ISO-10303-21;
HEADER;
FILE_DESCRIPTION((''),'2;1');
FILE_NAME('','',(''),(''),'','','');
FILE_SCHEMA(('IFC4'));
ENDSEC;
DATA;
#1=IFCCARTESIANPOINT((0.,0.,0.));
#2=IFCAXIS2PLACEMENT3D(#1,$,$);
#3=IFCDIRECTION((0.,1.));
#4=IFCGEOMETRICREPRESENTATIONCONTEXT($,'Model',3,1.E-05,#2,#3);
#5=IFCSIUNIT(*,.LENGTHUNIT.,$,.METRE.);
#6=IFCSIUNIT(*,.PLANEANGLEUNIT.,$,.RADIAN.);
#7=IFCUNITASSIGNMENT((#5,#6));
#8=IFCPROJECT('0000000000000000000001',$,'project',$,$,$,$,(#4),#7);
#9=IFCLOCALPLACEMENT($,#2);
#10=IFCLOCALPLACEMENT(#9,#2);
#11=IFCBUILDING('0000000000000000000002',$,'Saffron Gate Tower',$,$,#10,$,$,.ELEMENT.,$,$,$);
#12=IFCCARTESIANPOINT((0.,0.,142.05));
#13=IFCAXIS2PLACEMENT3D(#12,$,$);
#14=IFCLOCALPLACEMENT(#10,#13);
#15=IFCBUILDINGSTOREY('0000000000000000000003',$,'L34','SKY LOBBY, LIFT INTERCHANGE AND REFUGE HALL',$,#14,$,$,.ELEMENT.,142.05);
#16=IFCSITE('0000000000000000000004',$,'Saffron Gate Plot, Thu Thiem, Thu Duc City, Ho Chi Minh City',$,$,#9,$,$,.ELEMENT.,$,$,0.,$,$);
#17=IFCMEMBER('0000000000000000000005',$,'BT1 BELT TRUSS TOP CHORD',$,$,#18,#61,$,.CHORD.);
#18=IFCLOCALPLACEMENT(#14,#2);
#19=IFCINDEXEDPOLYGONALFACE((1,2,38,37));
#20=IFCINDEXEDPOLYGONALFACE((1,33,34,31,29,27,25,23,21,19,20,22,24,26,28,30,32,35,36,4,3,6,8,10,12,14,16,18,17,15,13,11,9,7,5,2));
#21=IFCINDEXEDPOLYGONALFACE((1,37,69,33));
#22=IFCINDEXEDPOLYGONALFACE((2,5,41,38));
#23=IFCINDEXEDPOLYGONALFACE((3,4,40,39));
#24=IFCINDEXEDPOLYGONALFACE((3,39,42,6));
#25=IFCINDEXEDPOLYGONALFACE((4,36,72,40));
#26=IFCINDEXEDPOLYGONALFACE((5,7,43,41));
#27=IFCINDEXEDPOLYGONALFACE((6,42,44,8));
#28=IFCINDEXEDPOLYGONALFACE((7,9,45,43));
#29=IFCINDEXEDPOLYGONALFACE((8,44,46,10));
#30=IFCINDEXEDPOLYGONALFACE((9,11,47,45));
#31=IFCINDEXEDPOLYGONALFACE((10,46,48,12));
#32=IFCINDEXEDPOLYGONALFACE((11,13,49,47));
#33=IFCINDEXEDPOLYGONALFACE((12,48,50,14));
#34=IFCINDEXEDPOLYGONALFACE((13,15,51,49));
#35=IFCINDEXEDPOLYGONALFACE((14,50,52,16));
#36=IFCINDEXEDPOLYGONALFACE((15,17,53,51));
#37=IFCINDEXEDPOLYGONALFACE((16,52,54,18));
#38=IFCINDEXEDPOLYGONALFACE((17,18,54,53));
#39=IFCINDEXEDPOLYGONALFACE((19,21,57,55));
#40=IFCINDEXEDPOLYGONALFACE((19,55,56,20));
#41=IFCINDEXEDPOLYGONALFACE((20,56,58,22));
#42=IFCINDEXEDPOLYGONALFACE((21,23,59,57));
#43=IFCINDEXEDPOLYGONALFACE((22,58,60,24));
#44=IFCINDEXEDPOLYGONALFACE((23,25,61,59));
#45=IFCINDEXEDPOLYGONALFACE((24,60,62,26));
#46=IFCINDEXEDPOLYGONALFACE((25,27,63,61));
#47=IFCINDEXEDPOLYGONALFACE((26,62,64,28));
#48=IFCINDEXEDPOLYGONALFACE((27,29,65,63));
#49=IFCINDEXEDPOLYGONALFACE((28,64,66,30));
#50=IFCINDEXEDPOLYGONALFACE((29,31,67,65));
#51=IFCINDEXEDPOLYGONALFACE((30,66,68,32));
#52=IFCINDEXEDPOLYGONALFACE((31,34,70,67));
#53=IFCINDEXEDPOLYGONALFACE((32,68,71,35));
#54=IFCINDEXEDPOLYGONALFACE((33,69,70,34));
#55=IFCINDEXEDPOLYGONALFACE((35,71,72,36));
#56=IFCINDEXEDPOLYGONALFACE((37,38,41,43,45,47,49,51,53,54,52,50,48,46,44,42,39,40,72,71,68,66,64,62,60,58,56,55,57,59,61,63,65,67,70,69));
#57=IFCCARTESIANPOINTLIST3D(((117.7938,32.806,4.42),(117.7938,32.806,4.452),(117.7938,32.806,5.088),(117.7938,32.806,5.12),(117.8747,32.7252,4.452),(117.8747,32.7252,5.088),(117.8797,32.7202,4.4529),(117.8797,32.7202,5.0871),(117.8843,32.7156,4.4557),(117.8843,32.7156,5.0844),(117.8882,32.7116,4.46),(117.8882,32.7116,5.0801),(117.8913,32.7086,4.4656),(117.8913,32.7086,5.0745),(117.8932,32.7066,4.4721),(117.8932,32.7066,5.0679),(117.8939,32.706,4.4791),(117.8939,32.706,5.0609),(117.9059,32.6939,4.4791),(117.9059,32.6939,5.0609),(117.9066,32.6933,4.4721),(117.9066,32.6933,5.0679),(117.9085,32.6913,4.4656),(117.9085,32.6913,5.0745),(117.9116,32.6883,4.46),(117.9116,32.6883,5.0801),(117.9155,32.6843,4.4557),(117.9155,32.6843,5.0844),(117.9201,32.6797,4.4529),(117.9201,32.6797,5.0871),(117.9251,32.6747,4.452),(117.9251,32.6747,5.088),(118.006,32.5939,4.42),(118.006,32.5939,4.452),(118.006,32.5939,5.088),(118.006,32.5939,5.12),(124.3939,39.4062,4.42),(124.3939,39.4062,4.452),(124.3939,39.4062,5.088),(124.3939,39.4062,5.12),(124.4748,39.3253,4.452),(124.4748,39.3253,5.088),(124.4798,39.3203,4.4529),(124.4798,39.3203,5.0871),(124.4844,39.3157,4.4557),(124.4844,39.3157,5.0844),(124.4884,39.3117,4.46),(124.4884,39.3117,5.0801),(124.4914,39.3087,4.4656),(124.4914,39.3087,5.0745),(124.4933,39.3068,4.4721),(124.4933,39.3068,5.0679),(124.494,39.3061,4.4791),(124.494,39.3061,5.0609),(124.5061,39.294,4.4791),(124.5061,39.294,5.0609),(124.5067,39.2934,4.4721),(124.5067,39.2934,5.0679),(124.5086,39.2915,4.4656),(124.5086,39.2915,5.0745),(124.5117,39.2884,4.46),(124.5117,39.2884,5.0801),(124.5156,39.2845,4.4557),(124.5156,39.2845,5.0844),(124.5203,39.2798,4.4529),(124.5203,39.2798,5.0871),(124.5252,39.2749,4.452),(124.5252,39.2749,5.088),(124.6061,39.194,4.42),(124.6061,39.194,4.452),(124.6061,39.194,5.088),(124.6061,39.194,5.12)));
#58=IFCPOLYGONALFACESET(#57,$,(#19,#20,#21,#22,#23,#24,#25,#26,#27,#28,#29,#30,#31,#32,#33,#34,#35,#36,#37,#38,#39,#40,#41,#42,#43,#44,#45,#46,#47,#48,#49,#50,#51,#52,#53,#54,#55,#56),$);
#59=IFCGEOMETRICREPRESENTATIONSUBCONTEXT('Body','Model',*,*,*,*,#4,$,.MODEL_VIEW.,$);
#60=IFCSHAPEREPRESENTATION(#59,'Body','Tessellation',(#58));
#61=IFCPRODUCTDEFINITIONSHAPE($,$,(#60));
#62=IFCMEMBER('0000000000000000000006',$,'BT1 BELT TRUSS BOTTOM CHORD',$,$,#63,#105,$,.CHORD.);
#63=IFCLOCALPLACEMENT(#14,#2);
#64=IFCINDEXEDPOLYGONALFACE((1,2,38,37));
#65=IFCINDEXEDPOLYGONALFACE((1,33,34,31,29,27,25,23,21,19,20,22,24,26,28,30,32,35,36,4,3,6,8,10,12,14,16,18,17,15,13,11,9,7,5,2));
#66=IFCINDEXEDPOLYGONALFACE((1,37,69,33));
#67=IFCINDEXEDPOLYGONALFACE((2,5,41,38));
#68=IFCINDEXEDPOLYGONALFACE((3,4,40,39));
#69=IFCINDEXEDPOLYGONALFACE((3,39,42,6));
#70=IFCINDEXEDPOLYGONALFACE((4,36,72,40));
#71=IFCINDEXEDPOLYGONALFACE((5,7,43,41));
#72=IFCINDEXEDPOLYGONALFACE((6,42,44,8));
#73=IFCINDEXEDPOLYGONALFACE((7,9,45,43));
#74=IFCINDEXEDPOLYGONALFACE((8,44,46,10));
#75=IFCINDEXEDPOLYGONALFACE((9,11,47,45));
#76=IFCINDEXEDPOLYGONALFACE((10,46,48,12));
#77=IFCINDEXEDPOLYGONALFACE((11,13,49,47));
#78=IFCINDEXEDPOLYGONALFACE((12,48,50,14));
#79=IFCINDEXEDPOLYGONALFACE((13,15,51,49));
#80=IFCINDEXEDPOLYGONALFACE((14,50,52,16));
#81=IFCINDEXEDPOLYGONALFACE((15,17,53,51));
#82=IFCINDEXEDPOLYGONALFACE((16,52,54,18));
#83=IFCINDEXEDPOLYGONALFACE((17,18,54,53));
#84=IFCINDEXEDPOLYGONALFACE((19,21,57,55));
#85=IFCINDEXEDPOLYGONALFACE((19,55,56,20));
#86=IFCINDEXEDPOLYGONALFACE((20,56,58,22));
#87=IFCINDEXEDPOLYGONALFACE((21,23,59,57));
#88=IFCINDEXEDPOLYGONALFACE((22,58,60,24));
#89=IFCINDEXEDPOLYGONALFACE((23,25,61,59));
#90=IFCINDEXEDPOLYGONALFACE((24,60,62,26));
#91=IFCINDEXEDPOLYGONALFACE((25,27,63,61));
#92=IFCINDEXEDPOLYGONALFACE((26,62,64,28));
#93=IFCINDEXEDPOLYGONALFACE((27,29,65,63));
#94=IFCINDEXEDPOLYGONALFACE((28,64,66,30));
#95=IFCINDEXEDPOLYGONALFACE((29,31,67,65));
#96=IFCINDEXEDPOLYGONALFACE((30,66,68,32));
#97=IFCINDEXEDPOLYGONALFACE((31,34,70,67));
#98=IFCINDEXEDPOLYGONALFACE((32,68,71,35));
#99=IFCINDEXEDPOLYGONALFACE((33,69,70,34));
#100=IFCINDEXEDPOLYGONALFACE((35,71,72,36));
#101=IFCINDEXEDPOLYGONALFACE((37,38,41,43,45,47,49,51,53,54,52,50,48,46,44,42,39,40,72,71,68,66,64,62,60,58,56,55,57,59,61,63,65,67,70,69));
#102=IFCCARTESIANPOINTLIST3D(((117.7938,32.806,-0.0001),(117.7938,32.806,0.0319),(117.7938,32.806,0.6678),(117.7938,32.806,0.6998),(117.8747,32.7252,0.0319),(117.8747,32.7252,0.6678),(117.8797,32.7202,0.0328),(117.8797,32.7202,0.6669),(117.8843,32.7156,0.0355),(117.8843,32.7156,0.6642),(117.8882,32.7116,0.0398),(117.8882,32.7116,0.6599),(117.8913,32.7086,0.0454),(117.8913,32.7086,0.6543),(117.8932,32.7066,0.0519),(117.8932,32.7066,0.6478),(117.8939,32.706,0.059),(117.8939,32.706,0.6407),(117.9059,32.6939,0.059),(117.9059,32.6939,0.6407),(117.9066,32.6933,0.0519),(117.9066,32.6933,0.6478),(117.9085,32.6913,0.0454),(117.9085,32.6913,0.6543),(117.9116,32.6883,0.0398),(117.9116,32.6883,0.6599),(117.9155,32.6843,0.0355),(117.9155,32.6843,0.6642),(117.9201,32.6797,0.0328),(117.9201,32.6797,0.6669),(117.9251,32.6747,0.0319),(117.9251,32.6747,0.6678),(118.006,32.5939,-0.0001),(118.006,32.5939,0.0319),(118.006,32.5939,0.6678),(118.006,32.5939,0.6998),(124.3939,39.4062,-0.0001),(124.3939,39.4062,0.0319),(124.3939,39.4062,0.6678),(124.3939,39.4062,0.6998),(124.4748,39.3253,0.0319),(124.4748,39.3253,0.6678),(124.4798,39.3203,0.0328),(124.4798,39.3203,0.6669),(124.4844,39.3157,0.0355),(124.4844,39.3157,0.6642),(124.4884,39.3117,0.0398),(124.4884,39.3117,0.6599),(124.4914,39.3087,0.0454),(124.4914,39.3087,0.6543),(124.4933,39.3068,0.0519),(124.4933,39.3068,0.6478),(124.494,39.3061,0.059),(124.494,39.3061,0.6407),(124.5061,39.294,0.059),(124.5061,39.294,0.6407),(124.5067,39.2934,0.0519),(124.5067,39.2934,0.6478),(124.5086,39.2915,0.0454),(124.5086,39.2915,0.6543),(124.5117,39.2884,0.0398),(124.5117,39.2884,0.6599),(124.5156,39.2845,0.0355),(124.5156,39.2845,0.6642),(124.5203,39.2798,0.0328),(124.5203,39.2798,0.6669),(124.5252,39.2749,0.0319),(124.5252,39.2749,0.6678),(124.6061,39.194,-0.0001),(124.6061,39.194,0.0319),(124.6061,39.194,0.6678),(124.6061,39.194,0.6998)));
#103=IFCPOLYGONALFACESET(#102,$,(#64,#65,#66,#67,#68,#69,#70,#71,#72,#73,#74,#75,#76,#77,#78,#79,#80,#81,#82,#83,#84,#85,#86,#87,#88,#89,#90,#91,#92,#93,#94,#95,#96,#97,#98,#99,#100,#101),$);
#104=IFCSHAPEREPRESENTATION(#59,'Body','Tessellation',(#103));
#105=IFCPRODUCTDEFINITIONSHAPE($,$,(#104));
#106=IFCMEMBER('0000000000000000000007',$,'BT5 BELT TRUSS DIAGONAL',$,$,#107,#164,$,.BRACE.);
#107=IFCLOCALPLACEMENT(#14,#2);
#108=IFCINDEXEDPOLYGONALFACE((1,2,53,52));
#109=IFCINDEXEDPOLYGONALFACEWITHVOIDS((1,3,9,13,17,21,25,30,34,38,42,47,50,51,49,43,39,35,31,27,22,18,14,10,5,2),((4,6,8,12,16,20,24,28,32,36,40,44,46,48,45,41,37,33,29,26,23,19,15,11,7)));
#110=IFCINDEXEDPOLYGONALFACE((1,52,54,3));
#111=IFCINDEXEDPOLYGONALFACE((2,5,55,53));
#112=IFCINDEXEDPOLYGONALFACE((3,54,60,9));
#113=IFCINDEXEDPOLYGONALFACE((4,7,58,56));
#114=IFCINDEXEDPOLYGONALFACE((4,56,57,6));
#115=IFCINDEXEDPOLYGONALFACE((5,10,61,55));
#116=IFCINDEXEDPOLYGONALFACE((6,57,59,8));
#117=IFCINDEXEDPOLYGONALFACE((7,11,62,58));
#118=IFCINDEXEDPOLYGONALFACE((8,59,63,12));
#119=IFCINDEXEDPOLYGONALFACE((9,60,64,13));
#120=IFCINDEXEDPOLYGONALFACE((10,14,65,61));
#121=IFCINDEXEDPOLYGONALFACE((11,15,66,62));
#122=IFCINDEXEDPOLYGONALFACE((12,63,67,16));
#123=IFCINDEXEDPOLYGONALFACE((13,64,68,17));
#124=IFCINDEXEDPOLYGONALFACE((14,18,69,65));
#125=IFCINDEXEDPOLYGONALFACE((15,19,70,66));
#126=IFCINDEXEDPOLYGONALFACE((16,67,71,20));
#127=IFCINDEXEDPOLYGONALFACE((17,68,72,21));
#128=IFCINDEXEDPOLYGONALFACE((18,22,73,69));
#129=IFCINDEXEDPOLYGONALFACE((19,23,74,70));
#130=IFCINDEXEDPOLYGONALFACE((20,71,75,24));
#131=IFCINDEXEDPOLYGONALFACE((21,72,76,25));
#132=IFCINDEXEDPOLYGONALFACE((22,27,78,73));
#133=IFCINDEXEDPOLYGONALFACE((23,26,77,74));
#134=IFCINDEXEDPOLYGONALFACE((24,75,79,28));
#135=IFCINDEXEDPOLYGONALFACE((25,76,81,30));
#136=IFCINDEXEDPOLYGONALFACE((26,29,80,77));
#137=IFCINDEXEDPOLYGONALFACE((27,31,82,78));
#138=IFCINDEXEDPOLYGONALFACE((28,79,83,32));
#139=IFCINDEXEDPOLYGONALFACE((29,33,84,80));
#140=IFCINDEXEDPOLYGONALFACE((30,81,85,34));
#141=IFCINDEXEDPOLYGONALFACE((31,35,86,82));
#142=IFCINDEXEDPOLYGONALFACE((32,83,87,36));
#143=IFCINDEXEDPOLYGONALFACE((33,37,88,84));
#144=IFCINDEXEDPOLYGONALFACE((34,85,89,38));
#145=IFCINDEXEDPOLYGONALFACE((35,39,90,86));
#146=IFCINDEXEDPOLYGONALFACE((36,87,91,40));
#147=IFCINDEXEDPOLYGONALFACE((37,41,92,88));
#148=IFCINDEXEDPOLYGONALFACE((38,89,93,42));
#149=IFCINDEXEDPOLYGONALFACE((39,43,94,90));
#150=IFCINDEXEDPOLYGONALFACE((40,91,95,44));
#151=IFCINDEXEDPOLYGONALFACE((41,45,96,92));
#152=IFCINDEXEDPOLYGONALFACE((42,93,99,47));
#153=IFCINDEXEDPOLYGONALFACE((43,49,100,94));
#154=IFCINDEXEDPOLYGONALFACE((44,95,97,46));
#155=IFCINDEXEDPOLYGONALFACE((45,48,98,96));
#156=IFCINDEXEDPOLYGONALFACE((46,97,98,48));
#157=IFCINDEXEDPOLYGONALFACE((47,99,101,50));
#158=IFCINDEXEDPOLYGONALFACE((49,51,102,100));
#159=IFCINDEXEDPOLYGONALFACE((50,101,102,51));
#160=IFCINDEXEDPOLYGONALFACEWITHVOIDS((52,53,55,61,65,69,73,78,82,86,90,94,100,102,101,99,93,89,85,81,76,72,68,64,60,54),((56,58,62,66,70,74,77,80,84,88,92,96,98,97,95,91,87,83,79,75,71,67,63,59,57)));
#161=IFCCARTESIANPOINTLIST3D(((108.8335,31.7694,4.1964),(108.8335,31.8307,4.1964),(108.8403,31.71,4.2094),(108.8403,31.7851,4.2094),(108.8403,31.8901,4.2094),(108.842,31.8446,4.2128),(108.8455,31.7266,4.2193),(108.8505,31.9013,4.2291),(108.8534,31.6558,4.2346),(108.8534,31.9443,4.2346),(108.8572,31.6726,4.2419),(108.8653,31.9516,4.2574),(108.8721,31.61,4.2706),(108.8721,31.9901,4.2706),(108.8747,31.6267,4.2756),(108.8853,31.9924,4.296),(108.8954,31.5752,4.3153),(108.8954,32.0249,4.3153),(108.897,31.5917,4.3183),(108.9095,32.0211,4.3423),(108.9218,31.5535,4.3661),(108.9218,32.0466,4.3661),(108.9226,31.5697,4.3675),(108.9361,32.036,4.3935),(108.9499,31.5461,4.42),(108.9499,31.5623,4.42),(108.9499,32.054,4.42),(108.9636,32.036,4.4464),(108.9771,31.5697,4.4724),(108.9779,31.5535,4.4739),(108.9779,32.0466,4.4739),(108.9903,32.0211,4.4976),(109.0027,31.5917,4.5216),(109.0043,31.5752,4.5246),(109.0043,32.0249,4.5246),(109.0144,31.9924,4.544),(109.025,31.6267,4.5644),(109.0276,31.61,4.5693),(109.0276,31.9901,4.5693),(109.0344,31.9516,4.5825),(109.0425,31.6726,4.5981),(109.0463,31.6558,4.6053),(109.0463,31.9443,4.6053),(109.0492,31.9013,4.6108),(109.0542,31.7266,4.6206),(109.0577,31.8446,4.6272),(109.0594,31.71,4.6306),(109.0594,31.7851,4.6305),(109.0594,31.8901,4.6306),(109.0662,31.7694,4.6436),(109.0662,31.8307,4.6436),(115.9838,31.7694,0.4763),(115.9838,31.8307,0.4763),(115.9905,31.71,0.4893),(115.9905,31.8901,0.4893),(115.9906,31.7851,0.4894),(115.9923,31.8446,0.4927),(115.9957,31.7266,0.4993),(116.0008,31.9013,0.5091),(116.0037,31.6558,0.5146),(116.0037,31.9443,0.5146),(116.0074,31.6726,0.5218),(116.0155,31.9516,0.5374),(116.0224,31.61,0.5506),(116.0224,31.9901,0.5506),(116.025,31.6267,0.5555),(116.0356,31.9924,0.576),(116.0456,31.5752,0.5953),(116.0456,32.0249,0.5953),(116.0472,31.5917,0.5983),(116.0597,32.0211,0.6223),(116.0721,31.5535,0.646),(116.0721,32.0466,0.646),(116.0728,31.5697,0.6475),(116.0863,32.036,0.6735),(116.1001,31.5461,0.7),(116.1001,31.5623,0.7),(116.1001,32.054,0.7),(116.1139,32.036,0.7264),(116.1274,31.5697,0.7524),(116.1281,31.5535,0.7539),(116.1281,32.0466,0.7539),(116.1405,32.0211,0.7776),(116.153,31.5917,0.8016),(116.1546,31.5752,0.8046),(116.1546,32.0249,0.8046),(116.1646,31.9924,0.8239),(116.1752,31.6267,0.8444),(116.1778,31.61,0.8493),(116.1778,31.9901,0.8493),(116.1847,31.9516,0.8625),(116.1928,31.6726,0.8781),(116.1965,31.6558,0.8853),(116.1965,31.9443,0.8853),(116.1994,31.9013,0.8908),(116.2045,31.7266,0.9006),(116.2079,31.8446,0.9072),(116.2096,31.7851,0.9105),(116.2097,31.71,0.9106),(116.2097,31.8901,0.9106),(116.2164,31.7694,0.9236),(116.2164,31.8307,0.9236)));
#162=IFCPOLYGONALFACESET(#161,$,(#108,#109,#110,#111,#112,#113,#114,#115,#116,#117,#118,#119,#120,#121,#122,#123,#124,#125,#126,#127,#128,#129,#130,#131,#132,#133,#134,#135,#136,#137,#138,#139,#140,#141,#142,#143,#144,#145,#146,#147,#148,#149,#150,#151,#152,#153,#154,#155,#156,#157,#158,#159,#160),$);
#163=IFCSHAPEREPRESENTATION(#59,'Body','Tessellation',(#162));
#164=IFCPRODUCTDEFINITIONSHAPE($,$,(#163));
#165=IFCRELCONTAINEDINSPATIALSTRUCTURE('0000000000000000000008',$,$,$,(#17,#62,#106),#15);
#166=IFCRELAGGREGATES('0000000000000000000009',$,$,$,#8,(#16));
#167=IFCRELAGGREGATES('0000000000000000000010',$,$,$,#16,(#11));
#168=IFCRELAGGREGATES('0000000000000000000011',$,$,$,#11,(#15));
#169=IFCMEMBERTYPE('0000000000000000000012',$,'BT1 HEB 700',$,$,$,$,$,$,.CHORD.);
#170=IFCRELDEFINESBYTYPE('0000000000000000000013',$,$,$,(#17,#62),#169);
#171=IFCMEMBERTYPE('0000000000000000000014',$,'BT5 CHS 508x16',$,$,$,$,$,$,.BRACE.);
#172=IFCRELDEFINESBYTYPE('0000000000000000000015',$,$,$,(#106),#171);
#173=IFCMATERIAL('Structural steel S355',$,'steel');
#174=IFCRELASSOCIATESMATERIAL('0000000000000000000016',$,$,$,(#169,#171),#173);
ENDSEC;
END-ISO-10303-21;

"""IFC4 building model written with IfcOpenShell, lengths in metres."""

from ifc_helpers import new_model, si_unit, direction, frame, origin, origin_2d, place, context, subcontext, project, spatial, hollow_circle, i_section, extrude, material, material_profile, profile_set, type_object, element, save


model = new_model("IFC4")

# Units and contexts
model_context = context("Model", 3, precision=1e-05, world=origin(), true_north=direction((0.0, 1.0)))
body_context = subcontext(model_context, "Body", "Model", "MODEL_VIEW")
ifc_project = project(units=[si_unit("LENGTHUNIT", "METRE"), si_unit("PLANEANGLEUNIT", "RADIAN")], contexts=[model_context])

# Site, building, storey
site_placement = place(None, origin())
site = spatial("IfcSite", under=ifc_project, at=site_placement, Name="Saffron Gate Plot, Thu Thiem, Thu Duc City, Ho Chi Minh City", CompositionType="ELEMENT", RefElevation=0.0)
building_placement = place(site_placement, origin())
building = spatial("IfcBuilding", under=site, at=building_placement, Name="Saffron Gate Tower", CompositionType="ELEMENT")
storey_placement = place(building_placement, frame((0.0, 0.0, 142.05)))
storey = spatial("IfcBuildingStorey", under=building, at=storey_placement, Name="L34", Description="SKY LOBBY, LIFT INTERCHANGE AND REFUGE HALL", CompositionType="ELEMENT", Elevation=142.05)

# Shared definitions
ifc_material_1 = material(Name="Structural steel S355", Category="steel")

# Members
ifc_material_profile_1 = material_profile(ifc_material_1, i_section(OverallWidth=0.3, OverallDepth=0.7, WebThickness=0.0171, FlangeThickness=0.032, FilletRadius=0.0271, at=origin_2d()))
ifc_profile_set_1 = profile_set([ifc_material_profile_1], Name="Structural steel S355")
member_type_1 = type_object("IfcMemberType", Name="BT1 HEB 700", PredefinedType="CHORD", material=ifc_profile_set_1)
for number, where, z_axis, x_axis, name in (
    (1, (117.8999, 32.7, 4.77), (0.707107, 0.707107, 0.0), (-0.707107, 0.707107, 0.0), "BT1 BELT TRUSS TOP CHORD"),
    (2, (117.8999, 32.7, 0.3499), (0.707107, 0.707107, 0.0), (-0.707107, 0.707107, 0.0), "BT1 BELT TRUSS BOTTOM CHORD"),
):
    element("IfcMember", number, at=place(storey_placement, frame(where, z_axis=z_axis, x_axis=x_axis)), inside=storey, type_object=member_type_1, Name=name, PredefinedType="CHORD", context=body_context, shape_type="SweptSolid", body=[
        extrude(i_section(OverallWidth=0.3, OverallDepth=0.7, WebThickness=0.0171, FlangeThickness=0.032, FilletRadius=0.0271, at=origin_2d()), origin(), (0.0, 0.0, 1.0), 9.334),
    ])
ifc_material_profile_2 = material_profile(ifc_material_1, hollow_circle(Radius=0.2539, WallThickness=0.0161, at=origin_2d()))
ifc_profile_set_2 = profile_set([ifc_material_profile_2], Name="Structural steel S355")
member_type_2 = type_object("IfcMemberType", Name="BT5 CHS 508x16", PredefinedType="BRACE", material=ifc_profile_set_2)
member_1_placement = place(storey_placement, frame((116.1001, 31.8, 0.7), z_axis=(-0.887121, 0.0, 0.461538), x_axis=(0.0, -1.0, 0.0)))
element("IfcMember", 3, at=member_1_placement, inside=storey, type_object=member_type_2, Name="BT5 BELT TRUSS DIAGONAL", PredefinedType="BRACE", context=body_context, shape_type="SweptSolid", body=[
    extrude(hollow_circle(Radius=0.2539, WallThickness=0.0161, at=origin_2d()), origin(), (0.0, 0.0, 1.0), 8.0601),
])

save(model, "model.ifc")
